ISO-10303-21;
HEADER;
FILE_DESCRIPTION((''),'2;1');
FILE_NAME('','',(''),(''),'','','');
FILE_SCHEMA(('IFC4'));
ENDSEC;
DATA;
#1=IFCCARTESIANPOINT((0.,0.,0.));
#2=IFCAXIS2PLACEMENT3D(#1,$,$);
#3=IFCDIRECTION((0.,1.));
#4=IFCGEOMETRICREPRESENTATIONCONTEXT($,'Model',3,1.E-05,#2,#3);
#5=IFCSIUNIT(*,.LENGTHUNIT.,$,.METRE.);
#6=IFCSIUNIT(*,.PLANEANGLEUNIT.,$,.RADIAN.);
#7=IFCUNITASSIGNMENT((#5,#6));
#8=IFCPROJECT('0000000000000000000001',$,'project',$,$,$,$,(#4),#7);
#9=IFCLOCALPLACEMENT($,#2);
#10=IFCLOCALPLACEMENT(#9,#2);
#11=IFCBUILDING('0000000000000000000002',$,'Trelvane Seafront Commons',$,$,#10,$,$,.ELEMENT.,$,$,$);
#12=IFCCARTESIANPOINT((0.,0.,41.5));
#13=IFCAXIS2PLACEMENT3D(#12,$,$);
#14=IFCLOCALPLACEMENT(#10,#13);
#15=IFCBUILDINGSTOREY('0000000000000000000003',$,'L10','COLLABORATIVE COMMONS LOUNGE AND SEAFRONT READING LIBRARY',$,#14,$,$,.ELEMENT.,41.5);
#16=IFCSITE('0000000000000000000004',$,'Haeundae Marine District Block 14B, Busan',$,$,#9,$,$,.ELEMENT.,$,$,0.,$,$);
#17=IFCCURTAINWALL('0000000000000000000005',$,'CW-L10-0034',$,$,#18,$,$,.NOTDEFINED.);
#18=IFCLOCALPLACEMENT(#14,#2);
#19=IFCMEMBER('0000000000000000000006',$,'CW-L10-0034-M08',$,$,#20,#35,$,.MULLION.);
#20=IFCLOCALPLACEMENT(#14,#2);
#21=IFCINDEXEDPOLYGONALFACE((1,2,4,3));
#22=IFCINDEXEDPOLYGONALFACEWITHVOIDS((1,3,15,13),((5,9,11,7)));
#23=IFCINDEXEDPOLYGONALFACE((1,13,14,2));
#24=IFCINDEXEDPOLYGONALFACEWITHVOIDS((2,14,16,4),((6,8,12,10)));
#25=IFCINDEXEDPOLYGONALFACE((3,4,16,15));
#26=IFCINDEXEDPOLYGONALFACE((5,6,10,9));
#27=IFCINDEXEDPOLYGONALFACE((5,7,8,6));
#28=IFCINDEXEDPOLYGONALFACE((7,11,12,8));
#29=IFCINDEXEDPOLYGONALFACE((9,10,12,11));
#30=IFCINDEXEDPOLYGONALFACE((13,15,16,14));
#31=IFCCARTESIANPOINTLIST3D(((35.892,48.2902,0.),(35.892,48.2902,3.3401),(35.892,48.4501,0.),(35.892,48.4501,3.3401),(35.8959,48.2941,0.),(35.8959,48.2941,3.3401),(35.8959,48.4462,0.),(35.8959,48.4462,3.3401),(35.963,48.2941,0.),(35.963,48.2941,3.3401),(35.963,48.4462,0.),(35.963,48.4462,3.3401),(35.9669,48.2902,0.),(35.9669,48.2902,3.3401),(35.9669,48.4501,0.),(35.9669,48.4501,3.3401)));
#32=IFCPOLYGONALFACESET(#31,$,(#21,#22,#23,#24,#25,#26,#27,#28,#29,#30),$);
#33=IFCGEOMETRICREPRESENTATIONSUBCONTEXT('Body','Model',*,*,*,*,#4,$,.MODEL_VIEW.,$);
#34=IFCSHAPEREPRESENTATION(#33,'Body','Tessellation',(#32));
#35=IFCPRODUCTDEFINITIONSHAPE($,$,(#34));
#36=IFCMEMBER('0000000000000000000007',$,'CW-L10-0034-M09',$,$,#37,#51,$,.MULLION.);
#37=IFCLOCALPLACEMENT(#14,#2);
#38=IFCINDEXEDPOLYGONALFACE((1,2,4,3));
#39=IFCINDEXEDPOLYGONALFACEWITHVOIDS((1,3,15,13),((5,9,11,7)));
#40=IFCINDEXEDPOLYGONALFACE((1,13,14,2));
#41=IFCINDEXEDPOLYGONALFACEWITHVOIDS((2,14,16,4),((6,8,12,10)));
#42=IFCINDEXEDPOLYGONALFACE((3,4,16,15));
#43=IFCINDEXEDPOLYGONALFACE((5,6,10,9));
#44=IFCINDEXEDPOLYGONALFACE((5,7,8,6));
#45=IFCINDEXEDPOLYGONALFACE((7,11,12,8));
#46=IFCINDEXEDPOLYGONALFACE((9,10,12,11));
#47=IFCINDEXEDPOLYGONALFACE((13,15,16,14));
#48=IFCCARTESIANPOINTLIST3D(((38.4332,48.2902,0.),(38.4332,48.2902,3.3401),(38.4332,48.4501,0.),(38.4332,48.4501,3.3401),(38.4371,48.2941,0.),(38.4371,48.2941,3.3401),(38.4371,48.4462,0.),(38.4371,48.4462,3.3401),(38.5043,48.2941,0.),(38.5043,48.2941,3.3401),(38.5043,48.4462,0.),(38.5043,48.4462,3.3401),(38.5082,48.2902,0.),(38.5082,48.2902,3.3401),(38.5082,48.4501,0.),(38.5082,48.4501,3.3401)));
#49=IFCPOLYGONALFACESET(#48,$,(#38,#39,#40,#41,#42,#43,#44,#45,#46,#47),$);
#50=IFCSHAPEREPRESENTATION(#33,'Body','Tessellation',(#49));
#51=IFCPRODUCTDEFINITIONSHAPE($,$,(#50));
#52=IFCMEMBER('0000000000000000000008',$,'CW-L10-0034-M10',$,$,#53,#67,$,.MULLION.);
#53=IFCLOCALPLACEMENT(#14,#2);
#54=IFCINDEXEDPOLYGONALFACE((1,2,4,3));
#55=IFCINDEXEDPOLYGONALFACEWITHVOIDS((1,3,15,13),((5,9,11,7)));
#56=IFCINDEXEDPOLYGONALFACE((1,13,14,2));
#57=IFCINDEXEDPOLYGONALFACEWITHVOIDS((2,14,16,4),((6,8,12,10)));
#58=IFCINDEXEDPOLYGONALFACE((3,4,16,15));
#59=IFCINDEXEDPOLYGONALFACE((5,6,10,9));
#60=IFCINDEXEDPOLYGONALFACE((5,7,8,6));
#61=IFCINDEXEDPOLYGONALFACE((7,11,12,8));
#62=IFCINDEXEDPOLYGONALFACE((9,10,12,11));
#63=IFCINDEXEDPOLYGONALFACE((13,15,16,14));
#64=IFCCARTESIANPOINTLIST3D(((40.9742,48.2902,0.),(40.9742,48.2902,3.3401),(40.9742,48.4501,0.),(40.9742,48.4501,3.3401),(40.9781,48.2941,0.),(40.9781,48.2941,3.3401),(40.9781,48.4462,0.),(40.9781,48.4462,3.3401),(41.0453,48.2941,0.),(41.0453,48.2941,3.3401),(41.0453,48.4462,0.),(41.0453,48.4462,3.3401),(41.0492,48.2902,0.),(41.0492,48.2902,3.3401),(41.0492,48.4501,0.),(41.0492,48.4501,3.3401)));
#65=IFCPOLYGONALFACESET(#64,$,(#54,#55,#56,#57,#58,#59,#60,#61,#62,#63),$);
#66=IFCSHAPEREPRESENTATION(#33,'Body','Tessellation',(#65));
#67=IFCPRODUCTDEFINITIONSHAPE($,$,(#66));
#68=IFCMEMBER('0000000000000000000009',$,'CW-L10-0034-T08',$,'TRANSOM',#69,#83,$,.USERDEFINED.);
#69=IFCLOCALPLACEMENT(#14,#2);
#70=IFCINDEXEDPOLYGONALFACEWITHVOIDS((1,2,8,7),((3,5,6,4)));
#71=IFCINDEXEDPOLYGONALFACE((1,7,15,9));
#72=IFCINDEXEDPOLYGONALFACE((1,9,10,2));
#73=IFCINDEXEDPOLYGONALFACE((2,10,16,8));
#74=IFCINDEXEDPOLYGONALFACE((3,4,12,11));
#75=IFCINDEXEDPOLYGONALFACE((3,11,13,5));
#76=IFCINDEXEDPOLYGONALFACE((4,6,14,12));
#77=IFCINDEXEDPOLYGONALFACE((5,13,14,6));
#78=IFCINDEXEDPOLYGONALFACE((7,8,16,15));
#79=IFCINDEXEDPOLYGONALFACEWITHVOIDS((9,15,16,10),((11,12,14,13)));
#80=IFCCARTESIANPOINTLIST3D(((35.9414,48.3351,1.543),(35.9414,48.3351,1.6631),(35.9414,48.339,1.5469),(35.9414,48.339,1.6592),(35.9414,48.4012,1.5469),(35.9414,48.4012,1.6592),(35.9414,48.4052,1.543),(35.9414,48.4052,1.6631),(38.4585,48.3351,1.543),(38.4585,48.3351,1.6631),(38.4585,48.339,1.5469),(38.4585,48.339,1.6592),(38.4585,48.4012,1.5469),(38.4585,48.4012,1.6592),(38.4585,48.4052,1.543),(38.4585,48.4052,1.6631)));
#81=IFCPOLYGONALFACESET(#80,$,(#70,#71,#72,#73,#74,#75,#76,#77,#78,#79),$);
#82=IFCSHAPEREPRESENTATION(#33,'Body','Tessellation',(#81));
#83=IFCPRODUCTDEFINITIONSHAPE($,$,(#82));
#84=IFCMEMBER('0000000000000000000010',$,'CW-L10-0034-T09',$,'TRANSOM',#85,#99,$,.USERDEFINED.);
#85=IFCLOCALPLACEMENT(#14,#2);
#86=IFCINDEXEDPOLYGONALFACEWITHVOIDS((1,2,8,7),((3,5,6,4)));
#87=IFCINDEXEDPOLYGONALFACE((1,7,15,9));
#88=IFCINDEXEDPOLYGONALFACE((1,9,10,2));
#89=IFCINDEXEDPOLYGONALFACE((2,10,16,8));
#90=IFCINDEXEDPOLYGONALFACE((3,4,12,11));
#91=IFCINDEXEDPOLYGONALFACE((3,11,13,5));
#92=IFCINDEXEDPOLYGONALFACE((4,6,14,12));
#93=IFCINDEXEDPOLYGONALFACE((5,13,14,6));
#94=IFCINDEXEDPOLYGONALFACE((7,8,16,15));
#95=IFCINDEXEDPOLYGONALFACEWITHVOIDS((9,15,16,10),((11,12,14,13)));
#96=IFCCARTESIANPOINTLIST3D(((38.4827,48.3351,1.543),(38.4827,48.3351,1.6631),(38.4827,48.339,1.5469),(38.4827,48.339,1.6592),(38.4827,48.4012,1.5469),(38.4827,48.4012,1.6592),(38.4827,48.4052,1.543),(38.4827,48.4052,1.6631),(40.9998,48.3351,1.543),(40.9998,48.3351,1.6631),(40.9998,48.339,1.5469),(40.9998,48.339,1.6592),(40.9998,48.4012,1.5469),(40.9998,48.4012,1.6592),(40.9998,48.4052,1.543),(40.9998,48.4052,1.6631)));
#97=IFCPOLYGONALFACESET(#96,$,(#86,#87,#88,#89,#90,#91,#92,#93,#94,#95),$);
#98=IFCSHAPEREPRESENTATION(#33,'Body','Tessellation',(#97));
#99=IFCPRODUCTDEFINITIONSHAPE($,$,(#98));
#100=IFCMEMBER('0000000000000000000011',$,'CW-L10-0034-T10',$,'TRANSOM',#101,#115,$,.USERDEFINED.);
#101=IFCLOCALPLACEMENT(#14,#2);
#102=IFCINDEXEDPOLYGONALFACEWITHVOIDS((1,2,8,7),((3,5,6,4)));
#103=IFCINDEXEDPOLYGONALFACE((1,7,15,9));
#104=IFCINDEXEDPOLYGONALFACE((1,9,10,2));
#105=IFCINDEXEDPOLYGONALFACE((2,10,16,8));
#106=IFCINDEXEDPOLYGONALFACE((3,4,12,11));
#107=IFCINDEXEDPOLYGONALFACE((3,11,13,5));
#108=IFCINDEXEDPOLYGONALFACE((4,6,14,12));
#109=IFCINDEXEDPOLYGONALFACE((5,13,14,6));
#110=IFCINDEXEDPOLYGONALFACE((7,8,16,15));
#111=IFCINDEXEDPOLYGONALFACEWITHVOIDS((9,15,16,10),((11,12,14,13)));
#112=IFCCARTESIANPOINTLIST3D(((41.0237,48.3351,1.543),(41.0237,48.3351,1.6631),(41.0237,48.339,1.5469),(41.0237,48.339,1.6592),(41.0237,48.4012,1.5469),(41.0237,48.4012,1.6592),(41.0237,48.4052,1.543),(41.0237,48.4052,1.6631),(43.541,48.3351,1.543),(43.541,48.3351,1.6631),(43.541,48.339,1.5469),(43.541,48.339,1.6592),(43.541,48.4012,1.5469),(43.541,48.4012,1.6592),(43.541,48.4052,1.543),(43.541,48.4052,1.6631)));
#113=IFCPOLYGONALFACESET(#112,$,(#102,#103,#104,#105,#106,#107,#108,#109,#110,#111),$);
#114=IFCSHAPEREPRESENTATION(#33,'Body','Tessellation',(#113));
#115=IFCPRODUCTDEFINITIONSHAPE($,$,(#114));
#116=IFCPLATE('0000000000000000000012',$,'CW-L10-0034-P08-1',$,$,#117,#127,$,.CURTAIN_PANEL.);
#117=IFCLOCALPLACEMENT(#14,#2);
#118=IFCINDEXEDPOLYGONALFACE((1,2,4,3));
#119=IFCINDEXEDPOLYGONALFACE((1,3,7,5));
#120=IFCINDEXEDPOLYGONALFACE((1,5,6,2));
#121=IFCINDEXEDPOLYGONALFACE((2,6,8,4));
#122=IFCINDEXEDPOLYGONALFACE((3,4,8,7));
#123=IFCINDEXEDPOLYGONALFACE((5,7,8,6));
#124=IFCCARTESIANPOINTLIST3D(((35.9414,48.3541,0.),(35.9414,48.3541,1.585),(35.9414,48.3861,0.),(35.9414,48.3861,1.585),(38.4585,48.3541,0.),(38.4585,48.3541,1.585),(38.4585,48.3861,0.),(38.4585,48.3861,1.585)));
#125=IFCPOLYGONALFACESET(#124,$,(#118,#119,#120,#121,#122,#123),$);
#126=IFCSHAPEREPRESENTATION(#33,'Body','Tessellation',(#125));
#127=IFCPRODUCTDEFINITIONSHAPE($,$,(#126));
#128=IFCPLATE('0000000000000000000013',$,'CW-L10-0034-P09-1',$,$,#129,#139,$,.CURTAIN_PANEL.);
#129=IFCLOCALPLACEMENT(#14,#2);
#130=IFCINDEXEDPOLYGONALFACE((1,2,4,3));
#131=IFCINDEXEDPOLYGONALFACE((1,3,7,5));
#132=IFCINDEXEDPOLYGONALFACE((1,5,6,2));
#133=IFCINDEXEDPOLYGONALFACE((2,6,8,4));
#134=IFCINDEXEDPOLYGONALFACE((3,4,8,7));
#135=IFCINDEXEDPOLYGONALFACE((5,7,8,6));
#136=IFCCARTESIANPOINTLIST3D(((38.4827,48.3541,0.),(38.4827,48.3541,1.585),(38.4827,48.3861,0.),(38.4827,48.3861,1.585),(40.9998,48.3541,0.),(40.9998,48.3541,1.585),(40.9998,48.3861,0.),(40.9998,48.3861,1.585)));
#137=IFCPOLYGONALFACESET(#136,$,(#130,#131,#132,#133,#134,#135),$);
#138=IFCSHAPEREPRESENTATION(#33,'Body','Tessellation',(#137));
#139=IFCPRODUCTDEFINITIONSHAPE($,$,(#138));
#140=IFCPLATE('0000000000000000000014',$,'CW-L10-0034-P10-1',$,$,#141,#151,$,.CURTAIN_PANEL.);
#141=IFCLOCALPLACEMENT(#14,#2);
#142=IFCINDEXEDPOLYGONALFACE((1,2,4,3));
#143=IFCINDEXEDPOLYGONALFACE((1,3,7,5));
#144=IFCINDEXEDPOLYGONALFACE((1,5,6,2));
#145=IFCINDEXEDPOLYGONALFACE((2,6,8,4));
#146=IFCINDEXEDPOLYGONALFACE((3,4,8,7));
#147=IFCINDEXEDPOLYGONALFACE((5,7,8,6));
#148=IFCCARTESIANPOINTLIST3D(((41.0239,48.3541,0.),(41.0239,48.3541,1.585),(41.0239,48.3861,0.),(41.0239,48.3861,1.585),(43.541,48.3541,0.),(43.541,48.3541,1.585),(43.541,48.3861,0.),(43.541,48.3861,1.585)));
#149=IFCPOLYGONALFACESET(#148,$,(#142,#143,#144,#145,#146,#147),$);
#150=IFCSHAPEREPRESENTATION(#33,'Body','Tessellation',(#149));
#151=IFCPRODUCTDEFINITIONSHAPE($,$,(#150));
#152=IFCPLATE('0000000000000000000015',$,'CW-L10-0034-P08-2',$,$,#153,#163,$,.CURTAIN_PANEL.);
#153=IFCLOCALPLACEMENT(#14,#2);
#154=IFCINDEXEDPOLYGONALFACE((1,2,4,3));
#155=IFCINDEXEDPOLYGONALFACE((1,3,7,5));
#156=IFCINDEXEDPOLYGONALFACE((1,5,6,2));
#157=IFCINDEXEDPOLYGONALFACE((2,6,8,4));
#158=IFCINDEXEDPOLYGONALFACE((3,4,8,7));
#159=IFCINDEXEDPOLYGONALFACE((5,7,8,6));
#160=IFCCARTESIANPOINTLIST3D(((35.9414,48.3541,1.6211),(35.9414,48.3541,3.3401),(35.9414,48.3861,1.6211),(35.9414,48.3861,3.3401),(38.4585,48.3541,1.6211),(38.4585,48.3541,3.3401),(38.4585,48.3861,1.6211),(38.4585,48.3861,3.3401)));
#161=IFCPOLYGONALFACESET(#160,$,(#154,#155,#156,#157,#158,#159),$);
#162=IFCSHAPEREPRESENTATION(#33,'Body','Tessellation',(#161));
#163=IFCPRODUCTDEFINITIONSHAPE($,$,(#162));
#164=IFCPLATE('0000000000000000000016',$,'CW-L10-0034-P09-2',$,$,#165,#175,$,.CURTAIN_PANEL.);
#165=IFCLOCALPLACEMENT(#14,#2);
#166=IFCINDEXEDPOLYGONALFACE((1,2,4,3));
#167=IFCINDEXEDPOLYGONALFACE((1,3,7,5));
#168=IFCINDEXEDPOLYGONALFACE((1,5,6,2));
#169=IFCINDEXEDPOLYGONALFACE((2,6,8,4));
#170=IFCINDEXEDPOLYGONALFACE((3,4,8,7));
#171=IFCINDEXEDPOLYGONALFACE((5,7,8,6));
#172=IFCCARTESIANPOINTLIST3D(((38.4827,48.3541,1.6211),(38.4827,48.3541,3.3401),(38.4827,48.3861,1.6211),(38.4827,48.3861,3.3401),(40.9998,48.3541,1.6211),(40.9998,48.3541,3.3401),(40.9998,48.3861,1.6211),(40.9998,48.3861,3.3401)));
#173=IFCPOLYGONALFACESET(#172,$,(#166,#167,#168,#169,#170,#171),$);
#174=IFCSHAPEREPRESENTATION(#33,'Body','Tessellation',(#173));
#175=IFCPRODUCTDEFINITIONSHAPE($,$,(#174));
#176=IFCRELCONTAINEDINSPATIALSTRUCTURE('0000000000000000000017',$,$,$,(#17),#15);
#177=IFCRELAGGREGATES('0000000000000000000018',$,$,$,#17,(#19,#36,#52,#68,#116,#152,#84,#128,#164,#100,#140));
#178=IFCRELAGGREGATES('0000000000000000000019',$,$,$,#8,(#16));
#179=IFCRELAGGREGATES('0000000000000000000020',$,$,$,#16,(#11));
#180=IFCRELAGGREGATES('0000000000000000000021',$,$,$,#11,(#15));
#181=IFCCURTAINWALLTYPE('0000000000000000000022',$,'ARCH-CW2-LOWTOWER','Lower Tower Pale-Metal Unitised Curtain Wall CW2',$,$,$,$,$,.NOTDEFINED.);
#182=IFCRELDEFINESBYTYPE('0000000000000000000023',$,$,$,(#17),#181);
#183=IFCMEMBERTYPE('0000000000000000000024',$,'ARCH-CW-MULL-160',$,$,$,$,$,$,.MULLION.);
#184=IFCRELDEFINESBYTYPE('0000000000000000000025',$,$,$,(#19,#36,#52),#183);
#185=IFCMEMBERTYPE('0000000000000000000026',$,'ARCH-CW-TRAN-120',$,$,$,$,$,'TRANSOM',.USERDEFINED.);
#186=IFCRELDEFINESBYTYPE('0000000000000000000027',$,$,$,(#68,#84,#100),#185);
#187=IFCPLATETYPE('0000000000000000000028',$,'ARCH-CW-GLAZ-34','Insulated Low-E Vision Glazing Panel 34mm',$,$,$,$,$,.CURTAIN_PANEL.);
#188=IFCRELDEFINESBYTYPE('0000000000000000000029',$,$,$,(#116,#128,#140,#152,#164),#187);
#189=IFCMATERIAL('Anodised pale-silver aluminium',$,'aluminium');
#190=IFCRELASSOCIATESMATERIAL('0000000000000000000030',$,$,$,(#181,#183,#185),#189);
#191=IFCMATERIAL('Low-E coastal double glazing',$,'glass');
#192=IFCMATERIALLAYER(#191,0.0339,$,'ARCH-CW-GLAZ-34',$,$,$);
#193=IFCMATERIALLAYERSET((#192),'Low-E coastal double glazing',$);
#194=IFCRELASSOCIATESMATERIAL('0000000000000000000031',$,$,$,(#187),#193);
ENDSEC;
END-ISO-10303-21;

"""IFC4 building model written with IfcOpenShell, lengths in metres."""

from ifc_helpers import new_model, si_unit, direction, frame, origin, origin_2d, place, context, subcontext, project, spatial, rectangle, hollow_rectangle, extrude, source, transform, mapped, material, layer, layer_set, material_profile, profile_set, type_object, element, aggregate, save


model = new_model("IFC4")

# Units and contexts
model_context = context("Model", 3, precision=1e-05, world=origin(), true_north=direction((0.0, 1.0)))
body_context = subcontext(model_context, "Body", "Model", "MODEL_VIEW")
ifc_project = project(units=[si_unit("LENGTHUNIT", "METRE"), si_unit("PLANEANGLEUNIT", "RADIAN")], contexts=[model_context])

# Site, building, storey
site_placement = place(None, origin())
site = spatial("IfcSite", under=ifc_project, at=site_placement, Name="Haeundae Marine District Block 14B, Busan", CompositionType="ELEMENT", RefElevation=0.0)
building_placement = place(site_placement, origin())
building = spatial("IfcBuilding", under=site, at=building_placement, Name="Trelvane Seafront Commons", CompositionType="ELEMENT")
storey_placement = place(building_placement, frame((0.0, 0.0, 41.5)))
storey = spatial("IfcBuildingStorey", under=building, at=storey_placement, Name="L10", Description="COLLABORATIVE COMMONS LOUNGE AND SEAFRONT READING LIBRARY", CompositionType="ELEMENT", Elevation=41.5)

# Curtain wall, members, plates
ifc_material_1 = material(Name="Anodised pale-silver aluminium", Category="aluminium")
curtain_wall_type = type_object("IfcCurtainWallType", Name="ARCH-CW2-LOWTOWER", Description="Lower Tower Pale-Metal Unitised Curtain Wall CW2", PredefinedType="NOTDEFINED", material=ifc_material_1)
curtain_wall_placement = place(storey_placement, origin())
curtain_wall = element("IfcCurtainWall", 1, at=curtain_wall_placement, inside=storey, type_object=curtain_wall_type, Name="CW-L10-0034", PredefinedType="NOTDEFINED")
ifc_material_profile_1 = material_profile(ifc_material_1, hollow_rectangle(XDim=0.075, YDim=0.1599, WallThickness=0.0039, at=origin_2d()), Name="MULL-75x160x4")
ifc_profile_set_1 = profile_set([ifc_material_profile_1], Name="Anodised pale-silver aluminium")
member_type_1 = type_object("IfcMemberType", Name="ARCH-CW-MULL-160", PredefinedType="MULLION", material=ifc_profile_set_1)
shared_shape_1 = source(origin(), body_context, "Body", "SweptSolid", [
    extrude(hollow_rectangle(XDim=0.075, YDim=0.1599, WallThickness=0.0039, at=origin_2d()), origin(), (0.0, 0.0, 1.0), 3.3401),
])
member_1_placement = place(storey_placement, frame((35.9294, 48.3701, 0.0), z_axis=(0.0, 0.0, 1.0), x_axis=(1.0, 0.0, 0.0)))
member_1 = element("IfcMember", 2, at=member_1_placement, type_object=member_type_1, Name="CW-L10-0034-M08", PredefinedType="MULLION", context=body_context, shape_type="MappedRepresentation", body=[
    mapped(shared_shape_1, transform((0.0, 0.0, 0.0), x_axis=(1.0, 0.0, 0.0), y_axis=(0.0, 1.0, 0.0), z_axis=(0.0, 0.0, 1.0), scale=1.0)),
])
member_2_placement = place(storey_placement, frame((38.4707, 48.3701, 0.0), z_axis=(0.0, 0.0, 1.0), x_axis=(1.0, 0.0, 0.0)))
member_2 = element("IfcMember", 3, at=member_2_placement, type_object=member_type_1, Name="CW-L10-0034-M09", PredefinedType="MULLION", context=body_context, shape_type="MappedRepresentation", body=[
    mapped(shared_shape_1, transform((0.0, 0.0, 0.0), x_axis=(1.0, 0.0, 0.0), y_axis=(0.0, 1.0, 0.0), z_axis=(0.0, 0.0, 1.0), scale=1.0)),
])
member_3_placement = place(storey_placement, frame((41.0117, 48.3701, 0.0), z_axis=(0.0, 0.0, 1.0), x_axis=(1.0, 0.0, 0.0)))
member_3 = element("IfcMember", 4, at=member_3_placement, type_object=member_type_1, Name="CW-L10-0034-M10", PredefinedType="MULLION", context=body_context, shape_type="MappedRepresentation", body=[
    mapped(shared_shape_1, transform((0.0, 0.0, 0.0), x_axis=(1.0, 0.0, 0.0), y_axis=(0.0, 1.0, 0.0), z_axis=(0.0, 0.0, 1.0), scale=1.0)),
])
ifc_material_profile_2 = material_profile(ifc_material_1, hollow_rectangle(XDim=0.0701, YDim=0.1201, WallThickness=0.0039, at=origin_2d()), Name="TRAN-70x120x4")
ifc_profile_set_2 = profile_set([ifc_material_profile_2], Name="Anodised pale-silver aluminium")
member_type_2 = type_object("IfcMemberType", Name="ARCH-CW-TRAN-120", ElementType="TRANSOM", PredefinedType="USERDEFINED", material=ifc_profile_set_2)
shared_shape_2 = source(origin(), body_context, "Body", "SweptSolid", [
    extrude(hollow_rectangle(XDim=0.0701, YDim=0.1201, WallThickness=0.0039, at=origin_2d()), origin(), (0.0, 0.0, 1.0), 2.5171),
])
member_4_placement = place(storey_placement, frame((35.9414, 48.3701, 1.603), z_axis=(1.0, 0.0, 0.0), x_axis=(0.0, 1.0, 0.0)))
member_4 = element("IfcMember", 5, at=member_4_placement, type_object=member_type_2, Name="CW-L10-0034-T08", ObjectType="TRANSOM", PredefinedType="USERDEFINED", context=body_context, shape_type="MappedRepresentation", body=[
    mapped(shared_shape_2, transform((0.0, 0.0, 0.0), x_axis=(1.0, 0.0, 0.0), y_axis=(0.0, 1.0, 0.0), z_axis=(0.0, 0.0, 1.0), scale=1.0)),
])
member_5_placement = place(storey_placement, frame((38.4827, 48.3701, 1.603), z_axis=(1.0, 0.0, 0.0), x_axis=(0.0, 1.0, 0.0)))
member_5 = element("IfcMember", 6, at=member_5_placement, type_object=member_type_2, Name="CW-L10-0034-T09", ObjectType="TRANSOM", PredefinedType="USERDEFINED", context=body_context, shape_type="MappedRepresentation", body=[
    mapped(shared_shape_2, transform((0.0, 0.0, 0.0), x_axis=(1.0, 0.0, 0.0), y_axis=(0.0, 1.0, 0.0), z_axis=(0.0, 0.0, 1.0), scale=1.0)),
])
shared_shape_3 = source(origin(), body_context, "Body", "SweptSolid", [
    extrude(hollow_rectangle(XDim=0.0701, YDim=0.1201, WallThickness=0.0039, at=origin_2d()), origin(), (0.0, 0.0, 1.0), 2.5173),
])
member_6_placement = place(storey_placement, frame((41.0237, 48.3701, 1.603), z_axis=(1.0, 0.0, 0.0), x_axis=(0.0, 1.0, 0.0)))
member_6 = element("IfcMember", 7, at=member_6_placement, type_object=member_type_2, Name="CW-L10-0034-T10", ObjectType="TRANSOM", PredefinedType="USERDEFINED", context=body_context, shape_type="MappedRepresentation", body=[
    mapped(shared_shape_3, transform((0.0, 0.0, 0.0), x_axis=(1.0, 0.0, 0.0), y_axis=(0.0, 1.0, 0.0), z_axis=(0.0, 0.0, 1.0), scale=1.0)),
])
ifc_material_2 = material(Name="Low-E coastal double glazing", Category="glass")
ifc_layer_1 = layer(ifc_material_2, 0.0339, Name="ARCH-CW-GLAZ-34")
ifc_layer_set_1 = layer_set([ifc_layer_1], Name="Low-E coastal double glazing")
plate_type_1 = type_object("IfcPlateType", Name="ARCH-CW-GLAZ-34", Description="Insulated Low-E Vision Glazing Panel 34mm", PredefinedType="CURTAIN_PANEL", material=ifc_layer_set_1)
shared_shape_4 = source(origin(), body_context, "Body", "SweptSolid", [
    extrude(rectangle(XDim=2.5171, YDim=0.032, at=origin_2d()), origin(), (0.0, 0.0, 1.0), 1.585),
])
plate_1_placement = place(storey_placement, frame((37.2, 48.3701, 0.0), z_axis=(0.0, 0.0, 1.0), x_axis=(1.0, 0.0, 0.0)))
plate_1 = element("IfcPlate", 8, at=plate_1_placement, type_object=plate_type_1, Name="CW-L10-0034-P08-1", PredefinedType="CURTAIN_PANEL", context=body_context, shape_type="MappedRepresentation", body=[
    mapped(shared_shape_4, transform((0.0, 0.0, 0.0), x_axis=(1.0, 0.0, 0.0), y_axis=(0.0, 1.0, 0.0), z_axis=(0.0, 0.0, 1.0), scale=1.0)),
])
plate_2_placement = place(storey_placement, frame((39.7412, 48.3701, 0.0), z_axis=(0.0, 0.0, 1.0), x_axis=(1.0, 0.0, 0.0)))
plate_2 = element("IfcPlate", 9, at=plate_2_placement, type_object=plate_type_1, Name="CW-L10-0034-P09-1", PredefinedType="CURTAIN_PANEL", context=body_context, shape_type="MappedRepresentation", body=[
    mapped(shared_shape_4, transform((0.0, 0.0, 0.0), x_axis=(1.0, 0.0, 0.0), y_axis=(0.0, 1.0, 0.0), z_axis=(0.0, 0.0, 1.0), scale=1.0)),
])
plate_3_placement = place(storey_placement, frame((42.2825, 48.3701, 0.0), z_axis=(0.0, 0.0, 1.0), x_axis=(1.0, 0.0, 0.0)))
plate_3 = element("IfcPlate", 10, at=plate_3_placement, type_object=plate_type_1, Name="CW-L10-0034-P10-1", PredefinedType="CURTAIN_PANEL", context=body_context, shape_type="MappedRepresentation", body=[
    mapped(shared_shape_4, transform((0.0, 0.0, 0.0), x_axis=(1.0, 0.0, 0.0), y_axis=(0.0, 1.0, 0.0), z_axis=(0.0, 0.0, 1.0), scale=1.0)),
])
shared_shape_5 = source(origin(), body_context, "Body", "SweptSolid", [
    extrude(rectangle(XDim=2.5171, YDim=0.032, at=origin_2d()), origin(), (0.0, 0.0, 1.0), 1.719),
])
plate_4_placement = place(storey_placement, frame((37.2, 48.3701, 1.6211), z_axis=(0.0, 0.0, 1.0), x_axis=(1.0, 0.0, 0.0)))
plate_4 = element("IfcPlate", 11, at=plate_4_placement, type_object=plate_type_1, Name="CW-L10-0034-P08-2", PredefinedType="CURTAIN_PANEL", context=body_context, shape_type="MappedRepresentation", body=[
    mapped(shared_shape_5, transform((0.0, 0.0, 0.0), x_axis=(1.0, 0.0, 0.0), y_axis=(0.0, 1.0, 0.0), z_axis=(0.0, 0.0, 1.0), scale=1.0)),
])
plate_5_placement = place(storey_placement, frame((39.7412, 48.3701, 1.6211), z_axis=(0.0, 0.0, 1.0), x_axis=(1.0, 0.0, 0.0)))
plate_5 = element("IfcPlate", 12, at=plate_5_placement, type_object=plate_type_1, Name="CW-L10-0034-P09-2", PredefinedType="CURTAIN_PANEL", context=body_context, shape_type="MappedRepresentation", body=[
    mapped(shared_shape_5, transform((0.0, 0.0, 0.0), x_axis=(1.0, 0.0, 0.0), y_axis=(0.0, 1.0, 0.0), z_axis=(0.0, 0.0, 1.0), scale=1.0)),
])
aggregate(curtain_wall, [member_1, member_2, member_3, member_4, plate_1, plate_4, member_5, plate_2, plate_5, member_6, plate_3])

save(model, "model.ifc")
